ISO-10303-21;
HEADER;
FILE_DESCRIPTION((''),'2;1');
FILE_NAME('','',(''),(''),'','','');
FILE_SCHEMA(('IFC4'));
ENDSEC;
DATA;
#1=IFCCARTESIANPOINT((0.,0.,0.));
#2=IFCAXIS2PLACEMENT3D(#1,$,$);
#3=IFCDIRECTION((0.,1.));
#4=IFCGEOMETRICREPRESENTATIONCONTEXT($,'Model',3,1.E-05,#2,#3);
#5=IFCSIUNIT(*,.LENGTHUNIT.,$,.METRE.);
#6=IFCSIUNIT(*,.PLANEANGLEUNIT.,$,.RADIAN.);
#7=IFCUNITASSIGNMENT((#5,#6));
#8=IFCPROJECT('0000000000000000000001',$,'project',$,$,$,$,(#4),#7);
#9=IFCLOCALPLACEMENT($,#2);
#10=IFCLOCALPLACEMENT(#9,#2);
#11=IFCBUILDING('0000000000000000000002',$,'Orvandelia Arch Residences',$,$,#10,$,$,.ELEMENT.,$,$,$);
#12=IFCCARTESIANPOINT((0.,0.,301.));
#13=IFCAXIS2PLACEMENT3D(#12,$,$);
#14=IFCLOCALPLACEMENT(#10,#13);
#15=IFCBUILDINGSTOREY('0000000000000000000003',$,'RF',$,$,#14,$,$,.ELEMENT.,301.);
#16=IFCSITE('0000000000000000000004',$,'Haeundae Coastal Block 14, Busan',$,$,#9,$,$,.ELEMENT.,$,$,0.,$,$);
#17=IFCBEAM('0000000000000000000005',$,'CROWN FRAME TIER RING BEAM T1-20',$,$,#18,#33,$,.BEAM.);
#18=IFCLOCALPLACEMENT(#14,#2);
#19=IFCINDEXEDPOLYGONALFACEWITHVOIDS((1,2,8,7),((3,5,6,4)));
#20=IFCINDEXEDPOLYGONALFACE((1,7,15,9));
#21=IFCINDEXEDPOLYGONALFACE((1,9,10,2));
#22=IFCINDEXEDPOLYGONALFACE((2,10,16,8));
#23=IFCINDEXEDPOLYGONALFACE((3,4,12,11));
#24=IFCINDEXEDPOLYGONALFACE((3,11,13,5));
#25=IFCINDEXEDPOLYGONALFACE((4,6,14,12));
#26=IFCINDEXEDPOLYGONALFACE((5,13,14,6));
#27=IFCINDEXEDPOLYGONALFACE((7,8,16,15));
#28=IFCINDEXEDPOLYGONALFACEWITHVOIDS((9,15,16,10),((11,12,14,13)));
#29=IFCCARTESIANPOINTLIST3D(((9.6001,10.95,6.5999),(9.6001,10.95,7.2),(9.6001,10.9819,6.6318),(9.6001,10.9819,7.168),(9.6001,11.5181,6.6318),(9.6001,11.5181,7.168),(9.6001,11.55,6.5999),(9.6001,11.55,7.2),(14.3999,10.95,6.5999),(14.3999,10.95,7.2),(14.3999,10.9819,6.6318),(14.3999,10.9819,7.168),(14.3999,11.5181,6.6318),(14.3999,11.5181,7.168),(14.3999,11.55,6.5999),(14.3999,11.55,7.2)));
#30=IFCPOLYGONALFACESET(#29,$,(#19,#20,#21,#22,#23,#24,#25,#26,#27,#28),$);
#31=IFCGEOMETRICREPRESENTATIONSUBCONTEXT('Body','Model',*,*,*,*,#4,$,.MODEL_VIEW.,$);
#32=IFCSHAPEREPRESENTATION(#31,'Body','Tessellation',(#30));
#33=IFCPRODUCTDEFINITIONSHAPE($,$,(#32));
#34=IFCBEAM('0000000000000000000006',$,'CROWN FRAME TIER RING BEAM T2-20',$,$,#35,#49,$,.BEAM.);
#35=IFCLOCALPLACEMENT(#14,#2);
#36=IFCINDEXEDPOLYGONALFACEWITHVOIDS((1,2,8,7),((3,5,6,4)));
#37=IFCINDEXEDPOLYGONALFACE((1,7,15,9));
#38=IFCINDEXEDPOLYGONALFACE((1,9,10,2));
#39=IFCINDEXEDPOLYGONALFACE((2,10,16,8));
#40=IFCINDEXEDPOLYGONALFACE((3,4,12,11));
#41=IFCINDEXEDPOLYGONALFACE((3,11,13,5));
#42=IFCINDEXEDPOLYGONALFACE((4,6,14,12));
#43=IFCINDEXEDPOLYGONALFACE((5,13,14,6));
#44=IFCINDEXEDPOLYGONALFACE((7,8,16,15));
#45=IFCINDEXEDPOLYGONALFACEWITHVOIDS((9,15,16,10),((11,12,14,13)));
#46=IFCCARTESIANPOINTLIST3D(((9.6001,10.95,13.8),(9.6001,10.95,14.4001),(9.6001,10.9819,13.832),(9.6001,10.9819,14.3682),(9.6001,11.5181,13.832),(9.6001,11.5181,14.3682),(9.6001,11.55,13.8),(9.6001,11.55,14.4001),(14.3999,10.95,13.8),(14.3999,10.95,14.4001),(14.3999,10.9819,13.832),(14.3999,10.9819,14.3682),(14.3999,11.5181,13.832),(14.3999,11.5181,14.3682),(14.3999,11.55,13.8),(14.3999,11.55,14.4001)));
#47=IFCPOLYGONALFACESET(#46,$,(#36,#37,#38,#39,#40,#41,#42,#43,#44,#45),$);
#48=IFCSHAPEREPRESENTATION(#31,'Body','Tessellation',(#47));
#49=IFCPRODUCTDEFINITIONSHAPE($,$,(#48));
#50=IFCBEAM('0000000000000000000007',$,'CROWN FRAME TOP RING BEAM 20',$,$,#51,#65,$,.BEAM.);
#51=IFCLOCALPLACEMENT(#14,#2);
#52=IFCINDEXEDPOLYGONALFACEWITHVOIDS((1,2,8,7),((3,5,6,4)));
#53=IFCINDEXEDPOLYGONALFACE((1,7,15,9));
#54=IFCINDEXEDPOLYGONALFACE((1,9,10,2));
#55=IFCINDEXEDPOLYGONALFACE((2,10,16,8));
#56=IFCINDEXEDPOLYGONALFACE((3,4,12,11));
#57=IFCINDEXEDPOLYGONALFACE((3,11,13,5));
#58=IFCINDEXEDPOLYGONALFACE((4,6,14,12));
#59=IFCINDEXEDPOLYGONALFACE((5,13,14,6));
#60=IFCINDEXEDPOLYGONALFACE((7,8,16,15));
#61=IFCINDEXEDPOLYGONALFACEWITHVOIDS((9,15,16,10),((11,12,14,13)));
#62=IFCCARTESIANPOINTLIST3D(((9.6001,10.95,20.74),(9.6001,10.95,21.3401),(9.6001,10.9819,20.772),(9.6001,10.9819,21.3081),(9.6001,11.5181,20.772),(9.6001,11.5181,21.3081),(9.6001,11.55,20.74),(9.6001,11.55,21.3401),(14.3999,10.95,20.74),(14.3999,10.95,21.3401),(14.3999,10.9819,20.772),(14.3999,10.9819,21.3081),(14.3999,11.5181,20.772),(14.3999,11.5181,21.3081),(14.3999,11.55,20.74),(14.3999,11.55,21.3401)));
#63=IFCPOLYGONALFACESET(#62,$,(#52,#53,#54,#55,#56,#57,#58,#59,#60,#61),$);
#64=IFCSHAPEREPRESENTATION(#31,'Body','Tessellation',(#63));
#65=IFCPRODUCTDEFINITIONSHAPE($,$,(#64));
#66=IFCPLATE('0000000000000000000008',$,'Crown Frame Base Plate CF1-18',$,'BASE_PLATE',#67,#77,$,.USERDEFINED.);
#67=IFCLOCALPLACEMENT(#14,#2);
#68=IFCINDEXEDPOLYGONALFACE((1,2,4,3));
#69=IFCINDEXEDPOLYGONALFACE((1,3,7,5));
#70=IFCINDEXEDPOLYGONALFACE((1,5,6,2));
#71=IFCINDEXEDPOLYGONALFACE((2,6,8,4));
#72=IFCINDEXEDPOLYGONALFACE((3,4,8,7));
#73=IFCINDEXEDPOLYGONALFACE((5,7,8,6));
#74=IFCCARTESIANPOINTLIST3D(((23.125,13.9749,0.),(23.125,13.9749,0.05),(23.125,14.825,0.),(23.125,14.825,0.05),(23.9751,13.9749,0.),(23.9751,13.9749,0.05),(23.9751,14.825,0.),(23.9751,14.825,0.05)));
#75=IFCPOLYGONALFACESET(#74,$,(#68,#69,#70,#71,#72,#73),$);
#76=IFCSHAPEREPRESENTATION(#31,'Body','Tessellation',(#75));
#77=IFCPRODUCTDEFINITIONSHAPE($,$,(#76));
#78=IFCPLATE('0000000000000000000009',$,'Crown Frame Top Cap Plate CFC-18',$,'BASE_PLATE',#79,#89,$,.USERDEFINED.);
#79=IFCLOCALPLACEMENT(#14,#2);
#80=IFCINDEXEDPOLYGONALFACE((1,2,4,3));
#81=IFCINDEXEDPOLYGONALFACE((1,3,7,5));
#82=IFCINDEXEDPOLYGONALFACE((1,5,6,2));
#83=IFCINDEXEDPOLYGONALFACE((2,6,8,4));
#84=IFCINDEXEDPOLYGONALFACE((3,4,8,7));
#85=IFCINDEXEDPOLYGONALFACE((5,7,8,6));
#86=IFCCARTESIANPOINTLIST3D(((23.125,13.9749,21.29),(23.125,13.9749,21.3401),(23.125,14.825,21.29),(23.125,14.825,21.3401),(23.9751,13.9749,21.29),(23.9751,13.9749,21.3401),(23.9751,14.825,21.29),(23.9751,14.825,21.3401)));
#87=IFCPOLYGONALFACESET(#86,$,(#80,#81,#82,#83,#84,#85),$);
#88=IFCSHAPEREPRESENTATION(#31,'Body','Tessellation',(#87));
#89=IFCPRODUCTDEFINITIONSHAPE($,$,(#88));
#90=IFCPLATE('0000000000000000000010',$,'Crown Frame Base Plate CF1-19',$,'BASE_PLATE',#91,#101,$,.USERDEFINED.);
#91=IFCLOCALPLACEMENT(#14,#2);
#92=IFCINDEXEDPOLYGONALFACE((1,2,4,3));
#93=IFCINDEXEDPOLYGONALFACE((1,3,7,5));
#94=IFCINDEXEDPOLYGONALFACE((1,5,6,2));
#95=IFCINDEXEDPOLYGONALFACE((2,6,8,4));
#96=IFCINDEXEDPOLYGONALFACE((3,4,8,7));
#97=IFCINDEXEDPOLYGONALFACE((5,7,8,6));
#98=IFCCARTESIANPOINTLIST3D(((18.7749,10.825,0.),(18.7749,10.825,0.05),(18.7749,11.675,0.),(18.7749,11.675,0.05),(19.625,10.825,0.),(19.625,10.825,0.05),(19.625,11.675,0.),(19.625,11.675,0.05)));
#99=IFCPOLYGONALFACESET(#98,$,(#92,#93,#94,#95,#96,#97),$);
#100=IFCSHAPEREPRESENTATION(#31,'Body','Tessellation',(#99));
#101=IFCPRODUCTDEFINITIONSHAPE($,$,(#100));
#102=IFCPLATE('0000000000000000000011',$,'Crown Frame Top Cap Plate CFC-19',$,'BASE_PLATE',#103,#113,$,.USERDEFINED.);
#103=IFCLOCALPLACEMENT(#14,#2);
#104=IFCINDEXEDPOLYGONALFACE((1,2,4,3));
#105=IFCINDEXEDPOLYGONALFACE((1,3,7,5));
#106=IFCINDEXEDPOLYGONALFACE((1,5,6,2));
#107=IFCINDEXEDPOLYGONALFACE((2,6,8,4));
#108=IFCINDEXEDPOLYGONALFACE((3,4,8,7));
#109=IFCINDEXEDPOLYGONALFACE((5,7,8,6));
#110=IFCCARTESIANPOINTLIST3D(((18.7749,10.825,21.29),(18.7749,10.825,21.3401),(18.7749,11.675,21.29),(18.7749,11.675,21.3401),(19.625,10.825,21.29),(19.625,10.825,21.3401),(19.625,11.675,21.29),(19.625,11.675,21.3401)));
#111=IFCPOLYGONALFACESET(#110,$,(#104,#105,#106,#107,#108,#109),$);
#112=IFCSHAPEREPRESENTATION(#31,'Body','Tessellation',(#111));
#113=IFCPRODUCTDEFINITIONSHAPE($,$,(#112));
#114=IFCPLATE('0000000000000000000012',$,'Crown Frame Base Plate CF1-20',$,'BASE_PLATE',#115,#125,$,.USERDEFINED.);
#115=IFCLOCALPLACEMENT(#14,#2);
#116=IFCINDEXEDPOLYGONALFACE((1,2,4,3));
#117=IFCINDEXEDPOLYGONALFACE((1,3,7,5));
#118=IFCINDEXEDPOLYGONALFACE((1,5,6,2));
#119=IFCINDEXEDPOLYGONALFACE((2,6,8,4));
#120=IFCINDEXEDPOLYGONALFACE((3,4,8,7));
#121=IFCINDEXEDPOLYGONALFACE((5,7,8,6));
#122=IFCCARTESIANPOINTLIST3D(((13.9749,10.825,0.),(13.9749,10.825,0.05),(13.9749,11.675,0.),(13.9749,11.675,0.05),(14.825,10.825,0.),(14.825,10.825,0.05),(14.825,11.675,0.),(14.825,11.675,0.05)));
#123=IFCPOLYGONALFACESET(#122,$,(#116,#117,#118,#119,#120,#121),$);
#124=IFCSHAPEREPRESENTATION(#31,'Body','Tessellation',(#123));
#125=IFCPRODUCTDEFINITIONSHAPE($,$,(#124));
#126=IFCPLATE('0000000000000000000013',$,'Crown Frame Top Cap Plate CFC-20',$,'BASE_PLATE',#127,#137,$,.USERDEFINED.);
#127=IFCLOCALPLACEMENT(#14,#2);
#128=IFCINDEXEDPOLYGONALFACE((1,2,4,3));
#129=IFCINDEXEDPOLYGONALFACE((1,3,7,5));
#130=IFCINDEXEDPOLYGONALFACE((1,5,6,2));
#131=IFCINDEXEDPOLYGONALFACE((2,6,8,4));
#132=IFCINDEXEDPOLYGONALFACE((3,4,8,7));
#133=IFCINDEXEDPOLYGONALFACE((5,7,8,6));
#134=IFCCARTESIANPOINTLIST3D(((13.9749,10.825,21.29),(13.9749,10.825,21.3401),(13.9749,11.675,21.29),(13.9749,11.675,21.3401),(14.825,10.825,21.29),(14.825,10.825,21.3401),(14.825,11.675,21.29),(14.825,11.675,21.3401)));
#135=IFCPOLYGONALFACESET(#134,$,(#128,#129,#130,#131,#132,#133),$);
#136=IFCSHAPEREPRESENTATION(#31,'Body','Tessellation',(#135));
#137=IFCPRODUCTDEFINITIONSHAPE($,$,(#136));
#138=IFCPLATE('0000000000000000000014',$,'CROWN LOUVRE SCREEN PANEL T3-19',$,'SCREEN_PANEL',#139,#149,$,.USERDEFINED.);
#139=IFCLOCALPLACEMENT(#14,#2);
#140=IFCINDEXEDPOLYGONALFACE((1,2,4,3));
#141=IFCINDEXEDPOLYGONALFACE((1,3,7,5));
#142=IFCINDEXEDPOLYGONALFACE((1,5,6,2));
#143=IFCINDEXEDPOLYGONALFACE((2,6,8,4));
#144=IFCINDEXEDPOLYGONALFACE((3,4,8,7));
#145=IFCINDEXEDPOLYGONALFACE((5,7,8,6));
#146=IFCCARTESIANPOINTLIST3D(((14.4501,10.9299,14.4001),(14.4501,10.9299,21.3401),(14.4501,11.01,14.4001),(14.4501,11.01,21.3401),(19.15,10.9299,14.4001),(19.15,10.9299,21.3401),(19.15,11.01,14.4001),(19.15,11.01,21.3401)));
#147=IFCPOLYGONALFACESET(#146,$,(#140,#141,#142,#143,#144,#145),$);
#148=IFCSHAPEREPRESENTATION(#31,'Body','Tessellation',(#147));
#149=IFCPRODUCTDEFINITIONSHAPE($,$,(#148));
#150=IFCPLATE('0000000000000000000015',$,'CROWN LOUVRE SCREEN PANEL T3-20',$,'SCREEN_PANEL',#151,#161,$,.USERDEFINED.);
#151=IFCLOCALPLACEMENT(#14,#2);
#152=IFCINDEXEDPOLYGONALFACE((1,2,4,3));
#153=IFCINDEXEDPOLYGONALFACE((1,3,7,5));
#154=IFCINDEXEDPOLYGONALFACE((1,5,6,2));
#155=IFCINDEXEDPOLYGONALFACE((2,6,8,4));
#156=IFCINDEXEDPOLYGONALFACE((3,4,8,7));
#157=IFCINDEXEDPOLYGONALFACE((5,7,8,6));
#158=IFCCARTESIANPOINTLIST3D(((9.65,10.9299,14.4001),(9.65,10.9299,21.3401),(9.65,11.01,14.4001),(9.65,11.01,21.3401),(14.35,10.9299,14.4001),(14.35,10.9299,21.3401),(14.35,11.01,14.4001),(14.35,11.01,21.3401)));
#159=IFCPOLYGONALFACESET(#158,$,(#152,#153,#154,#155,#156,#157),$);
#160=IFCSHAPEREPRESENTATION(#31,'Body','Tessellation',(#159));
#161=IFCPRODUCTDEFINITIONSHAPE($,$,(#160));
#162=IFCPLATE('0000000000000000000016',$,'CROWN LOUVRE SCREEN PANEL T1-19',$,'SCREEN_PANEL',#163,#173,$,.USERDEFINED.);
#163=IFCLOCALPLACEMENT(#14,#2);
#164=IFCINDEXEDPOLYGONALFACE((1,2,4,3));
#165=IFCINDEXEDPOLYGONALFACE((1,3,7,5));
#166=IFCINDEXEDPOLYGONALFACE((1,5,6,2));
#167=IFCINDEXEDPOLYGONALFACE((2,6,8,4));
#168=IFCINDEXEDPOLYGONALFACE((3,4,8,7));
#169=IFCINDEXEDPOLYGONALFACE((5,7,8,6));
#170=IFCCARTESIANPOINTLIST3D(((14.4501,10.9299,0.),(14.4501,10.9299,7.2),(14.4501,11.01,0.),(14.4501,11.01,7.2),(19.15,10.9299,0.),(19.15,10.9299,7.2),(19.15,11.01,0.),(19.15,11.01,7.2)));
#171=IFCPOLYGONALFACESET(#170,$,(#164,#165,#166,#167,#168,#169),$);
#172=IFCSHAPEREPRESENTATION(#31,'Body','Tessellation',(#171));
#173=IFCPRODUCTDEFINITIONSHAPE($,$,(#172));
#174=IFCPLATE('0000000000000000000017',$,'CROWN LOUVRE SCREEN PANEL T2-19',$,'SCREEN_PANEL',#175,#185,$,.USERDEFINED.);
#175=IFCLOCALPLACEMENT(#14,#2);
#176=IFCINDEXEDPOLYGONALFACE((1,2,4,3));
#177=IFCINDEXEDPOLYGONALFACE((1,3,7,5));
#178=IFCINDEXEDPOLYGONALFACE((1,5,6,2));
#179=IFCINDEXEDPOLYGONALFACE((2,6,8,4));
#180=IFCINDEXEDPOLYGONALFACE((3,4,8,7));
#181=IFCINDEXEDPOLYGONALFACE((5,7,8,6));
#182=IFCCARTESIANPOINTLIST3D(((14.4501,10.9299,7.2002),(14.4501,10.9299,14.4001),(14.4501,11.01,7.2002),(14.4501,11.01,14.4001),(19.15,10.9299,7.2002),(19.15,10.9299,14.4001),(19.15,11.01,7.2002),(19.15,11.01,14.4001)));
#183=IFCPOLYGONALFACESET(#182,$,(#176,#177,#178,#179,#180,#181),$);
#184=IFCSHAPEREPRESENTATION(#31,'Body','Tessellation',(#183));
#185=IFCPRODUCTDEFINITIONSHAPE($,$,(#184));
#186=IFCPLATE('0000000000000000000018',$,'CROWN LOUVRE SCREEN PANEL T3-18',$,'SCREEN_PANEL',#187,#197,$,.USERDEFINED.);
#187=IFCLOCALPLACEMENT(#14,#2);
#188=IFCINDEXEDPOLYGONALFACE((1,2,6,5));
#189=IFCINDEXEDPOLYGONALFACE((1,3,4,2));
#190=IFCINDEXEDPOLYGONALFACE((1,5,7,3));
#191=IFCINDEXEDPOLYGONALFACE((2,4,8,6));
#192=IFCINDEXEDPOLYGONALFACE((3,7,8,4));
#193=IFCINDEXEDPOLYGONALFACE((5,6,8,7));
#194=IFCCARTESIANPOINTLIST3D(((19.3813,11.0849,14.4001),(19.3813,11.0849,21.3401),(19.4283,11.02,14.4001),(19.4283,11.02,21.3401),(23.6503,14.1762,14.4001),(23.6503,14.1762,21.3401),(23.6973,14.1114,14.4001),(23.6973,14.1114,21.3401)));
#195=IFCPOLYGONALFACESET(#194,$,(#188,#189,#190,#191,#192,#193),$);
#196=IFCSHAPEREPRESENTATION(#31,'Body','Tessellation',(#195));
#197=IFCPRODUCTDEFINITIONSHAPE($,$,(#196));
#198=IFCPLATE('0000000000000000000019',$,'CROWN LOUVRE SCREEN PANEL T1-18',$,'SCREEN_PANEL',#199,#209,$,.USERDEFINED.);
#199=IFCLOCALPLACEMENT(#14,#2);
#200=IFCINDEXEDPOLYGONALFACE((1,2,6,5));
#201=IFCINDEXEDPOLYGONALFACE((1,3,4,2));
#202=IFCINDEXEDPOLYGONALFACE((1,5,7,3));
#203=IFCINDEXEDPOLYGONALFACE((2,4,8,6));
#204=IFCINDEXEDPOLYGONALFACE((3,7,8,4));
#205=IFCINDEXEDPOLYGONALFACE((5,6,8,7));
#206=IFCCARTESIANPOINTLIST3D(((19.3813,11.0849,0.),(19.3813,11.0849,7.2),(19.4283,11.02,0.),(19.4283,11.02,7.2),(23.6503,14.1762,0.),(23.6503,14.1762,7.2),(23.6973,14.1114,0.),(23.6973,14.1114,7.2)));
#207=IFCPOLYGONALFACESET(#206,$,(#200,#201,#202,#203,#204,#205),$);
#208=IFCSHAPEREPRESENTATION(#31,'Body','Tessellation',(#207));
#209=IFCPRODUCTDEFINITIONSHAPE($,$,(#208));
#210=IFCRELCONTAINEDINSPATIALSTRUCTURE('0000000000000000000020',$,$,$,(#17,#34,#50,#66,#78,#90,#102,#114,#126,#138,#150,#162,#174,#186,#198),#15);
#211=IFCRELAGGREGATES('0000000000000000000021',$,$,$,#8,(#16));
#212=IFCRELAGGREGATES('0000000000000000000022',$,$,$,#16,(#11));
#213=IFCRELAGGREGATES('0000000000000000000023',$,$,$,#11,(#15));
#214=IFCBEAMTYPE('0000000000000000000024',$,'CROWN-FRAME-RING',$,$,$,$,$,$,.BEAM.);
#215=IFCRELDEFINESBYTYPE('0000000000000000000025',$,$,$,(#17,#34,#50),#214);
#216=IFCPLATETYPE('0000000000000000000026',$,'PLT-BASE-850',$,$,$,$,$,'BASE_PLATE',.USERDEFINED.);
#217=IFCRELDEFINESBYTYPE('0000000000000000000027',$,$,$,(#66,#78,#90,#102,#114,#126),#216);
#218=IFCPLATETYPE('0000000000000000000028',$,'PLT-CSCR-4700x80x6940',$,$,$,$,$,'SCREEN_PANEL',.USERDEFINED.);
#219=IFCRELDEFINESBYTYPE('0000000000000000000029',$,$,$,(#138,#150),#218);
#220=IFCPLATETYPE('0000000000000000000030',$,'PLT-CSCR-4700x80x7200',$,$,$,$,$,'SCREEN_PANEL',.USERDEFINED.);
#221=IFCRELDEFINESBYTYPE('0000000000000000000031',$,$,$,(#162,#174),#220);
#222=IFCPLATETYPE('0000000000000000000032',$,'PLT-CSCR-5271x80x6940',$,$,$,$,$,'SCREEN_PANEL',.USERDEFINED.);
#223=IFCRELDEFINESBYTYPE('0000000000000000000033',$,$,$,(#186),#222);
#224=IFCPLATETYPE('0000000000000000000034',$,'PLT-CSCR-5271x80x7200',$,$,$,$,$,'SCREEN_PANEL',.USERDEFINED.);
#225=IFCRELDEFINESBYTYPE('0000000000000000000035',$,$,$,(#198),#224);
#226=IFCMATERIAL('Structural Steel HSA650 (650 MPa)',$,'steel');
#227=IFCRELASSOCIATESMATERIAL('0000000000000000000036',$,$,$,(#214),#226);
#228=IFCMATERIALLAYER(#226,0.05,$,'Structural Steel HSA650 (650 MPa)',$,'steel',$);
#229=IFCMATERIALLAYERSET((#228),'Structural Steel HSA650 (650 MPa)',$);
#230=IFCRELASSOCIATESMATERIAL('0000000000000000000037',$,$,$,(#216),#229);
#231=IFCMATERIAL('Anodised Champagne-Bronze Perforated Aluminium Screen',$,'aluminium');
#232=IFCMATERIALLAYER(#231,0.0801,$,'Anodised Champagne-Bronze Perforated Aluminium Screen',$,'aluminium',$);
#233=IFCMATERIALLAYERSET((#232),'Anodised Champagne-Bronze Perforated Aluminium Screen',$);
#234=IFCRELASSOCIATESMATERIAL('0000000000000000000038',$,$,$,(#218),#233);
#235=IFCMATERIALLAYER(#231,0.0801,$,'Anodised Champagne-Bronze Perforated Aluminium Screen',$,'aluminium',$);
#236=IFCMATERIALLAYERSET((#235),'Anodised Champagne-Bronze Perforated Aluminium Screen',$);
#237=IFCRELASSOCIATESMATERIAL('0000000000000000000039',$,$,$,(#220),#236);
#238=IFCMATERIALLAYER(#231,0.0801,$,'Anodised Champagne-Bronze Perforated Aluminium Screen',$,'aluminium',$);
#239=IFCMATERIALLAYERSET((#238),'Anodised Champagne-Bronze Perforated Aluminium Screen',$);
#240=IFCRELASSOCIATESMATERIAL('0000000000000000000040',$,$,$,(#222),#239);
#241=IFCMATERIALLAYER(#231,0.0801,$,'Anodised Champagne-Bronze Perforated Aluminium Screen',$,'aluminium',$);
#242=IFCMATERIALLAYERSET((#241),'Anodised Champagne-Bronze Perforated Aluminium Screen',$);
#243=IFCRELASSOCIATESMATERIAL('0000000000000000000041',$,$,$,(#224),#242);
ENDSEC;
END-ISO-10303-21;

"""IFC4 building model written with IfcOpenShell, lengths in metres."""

from ifc_helpers import new_model, si_unit, direction, frame, origin, origin_2d, place, context, subcontext, project, spatial, rectangle, hollow_rectangle, extrude, material, layer, layer_set, material_profile, profile_set, type_object, element, save


model = new_model("IFC4")

# Units and contexts
model_context = context("Model", 3, precision=1e-05, world=origin(), true_north=direction((0.0, 1.0)))
body_context = subcontext(model_context, "Body", "Model", "MODEL_VIEW")
ifc_project = project(units=[si_unit("LENGTHUNIT", "METRE"), si_unit("PLANEANGLEUNIT", "RADIAN")], contexts=[model_context])

# Site, building, storey
site_placement = place(None, origin())
site = spatial("IfcSite", under=ifc_project, at=site_placement, Name="Haeundae Coastal Block 14, Busan", CompositionType="ELEMENT", RefElevation=0.0)
building_placement = place(site_placement, origin())
building = spatial("IfcBuilding", under=site, at=building_placement, Name="Orvandelia Arch Residences", CompositionType="ELEMENT")
storey_placement = place(building_placement, frame((0.0, 0.0, 301.0)))
storey = spatial("IfcBuildingStorey", under=building, at=storey_placement, Name="RF", CompositionType="ELEMENT", Elevation=301.0)

# Shared definitions
ifc_material_1 = material(Name="Structural Steel HSA650 (650 MPa)", Category="steel")

# Beams
ifc_material_profile_1 = material_profile(ifc_material_1, hollow_rectangle(XDim=0.6001, YDim=0.6001, WallThickness=0.032, at=origin_2d()), Name="Structural Steel HSA650 (650 MPa)", Category="steel")
ifc_profile_set_1 = profile_set([ifc_material_profile_1], Name="Structural Steel HSA650 (650 MPa)")
beam_type = type_object("IfcBeamType", Name="CROWN-FRAME-RING", PredefinedType="BEAM", material=ifc_profile_set_1)
for number, where, z_axis, x_axis, name in (
    (1, (14.3999, 11.25, 6.8999), (-1.0, 0.0, 0.0), (0.0, -1.0, 0.0), "CROWN FRAME TIER RING BEAM T1-20"),
    (2, (14.3999, 11.25, 14.1001), (-1.0, 0.0, 0.0), (0.0, -1.0, 0.0), "CROWN FRAME TIER RING BEAM T2-20"),
    (3, (14.3999, 11.25, 21.04), (-1.0, 0.0, 0.0), (0.0, -1.0, 0.0), "CROWN FRAME TOP RING BEAM 20"),
):
    element("IfcBeam", number, at=place(storey_placement, frame(where, z_axis=z_axis, x_axis=x_axis)), inside=storey, type_object=beam_type, Name=name, PredefinedType="BEAM", context=body_context, shape_type="SweptSolid", body=[
        extrude(hollow_rectangle(XDim=0.6001, YDim=0.6001, WallThickness=0.032, at=origin_2d()), origin(), (0.0, 0.0, 1.0), 4.7998),
    ])

# Plates
ifc_layer_1 = layer(ifc_material_1, 0.05, Name="Structural Steel HSA650 (650 MPa)", Category="steel")
ifc_layer_set_1 = layer_set([ifc_layer_1], Name="Structural Steel HSA650 (650 MPa)")
plate_type_1 = type_object("IfcPlateType", Name="PLT-BASE-850", ElementType="BASE_PLATE", PredefinedType="USERDEFINED", material=ifc_layer_set_1)
for number, where, z_axis, x_axis, name in (
    (4, (23.55, 14.3999, 0.0), (0.0, 0.0, 1.0), (1.0, 0.0, 0.0), "Crown Frame Base Plate CF1-18"),
    (5, (23.55, 14.3999, 21.29), (0.0, 0.0, 1.0), (1.0, 0.0, 0.0), "Crown Frame Top Cap Plate CFC-18"),
    (6, (19.2, 11.25, 0.0), (0.0, 0.0, 1.0), (1.0, 0.0, 0.0), "Crown Frame Base Plate CF1-19"),
    (7, (19.2, 11.25, 21.29), (0.0, 0.0, 1.0), (1.0, 0.0, 0.0), "Crown Frame Top Cap Plate CFC-19"),
    (8, (14.3999, 11.25, 0.0), (0.0, 0.0, 1.0), (1.0, 0.0, 0.0), "Crown Frame Base Plate CF1-20"),
    (9, (14.3999, 11.25, 21.29), (0.0, 0.0, 1.0), (1.0, 0.0, 0.0), "Crown Frame Top Cap Plate CFC-20"),
):
    element("IfcPlate", number, at=place(storey_placement, frame(where, z_axis=z_axis, x_axis=x_axis)), inside=storey, type_object=plate_type_1, Name=name, ObjectType="BASE_PLATE", PredefinedType="USERDEFINED", context=body_context, shape_type="SweptSolid", body=[
        extrude(rectangle(XDim=0.8501, YDim=0.8501, at=origin_2d()), origin(), (0.0, 0.0, 1.0), 0.05),
    ])
ifc_material_2 = material(Name="Anodised Champagne-Bronze Perforated Aluminium Screen", Category="aluminium")
ifc_layer_2 = layer(ifc_material_2, 0.0801, Name="Anodised Champagne-Bronze Perforated Aluminium Screen", Category="aluminium")
ifc_layer_set_2 = layer_set([ifc_layer_2], Name="Anodised Champagne-Bronze Perforated Aluminium Screen")
plate_type_2 = type_object("IfcPlateType", Name="PLT-CSCR-4700x80x6940", ElementType="SCREEN_PANEL", PredefinedType="USERDEFINED", material=ifc_layer_set_2)
for number, where, z_axis, x_axis, name in (
    (10, (16.8, 10.97, 14.4001), (0.0, 0.0, 1.0), (-1.0, 0.0, 0.0), "CROWN LOUVRE SCREEN PANEL T3-19"),
    (11, (12.0, 10.97, 14.4001), (0.0, 0.0, 1.0), (-1.0, 0.0, 0.0), "CROWN LOUVRE SCREEN PANEL T3-20"),
):
    element("IfcPlate", number, at=place(storey_placement, frame(where, z_axis=z_axis, x_axis=x_axis)), inside=storey, type_object=plate_type_2, Name=name, ObjectType="SCREEN_PANEL", PredefinedType="USERDEFINED", context=body_context, shape_type="SweptSolid", body=[
        extrude(rectangle(XDim=4.7, YDim=0.0801, at=origin_2d()), origin(), (0.0, 0.0, 1.0), 6.9399),
    ])
ifc_layer_3 = layer(ifc_material_2, 0.0801, Name="Anodised Champagne-Bronze Perforated Aluminium Screen", Category="aluminium")
ifc_layer_set_3 = layer_set([ifc_layer_3], Name="Anodised Champagne-Bronze Perforated Aluminium Screen")
plate_type_3 = type_object("IfcPlateType", Name="PLT-CSCR-4700x80x7200", ElementType="SCREEN_PANEL", PredefinedType="USERDEFINED", material=ifc_layer_set_3)
for number, where, z_axis, x_axis, name in (
    (12, (16.8, 10.97, 0.0), (0.0, 0.0, 1.0), (-1.0, 0.0, 0.0), "CROWN LOUVRE SCREEN PANEL T1-19"),
    (13, (16.8, 10.97, 7.2002), (0.0, 0.0, 1.0), (-1.0, 0.0, 0.0), "CROWN LOUVRE SCREEN PANEL T2-19"),
):
    element("IfcPlate", number, at=place(storey_placement, frame(where, z_axis=z_axis, x_axis=x_axis)), inside=storey, type_object=plate_type_3, Name=name, ObjectType="SCREEN_PANEL", PredefinedType="USERDEFINED", context=body_context, shape_type="SweptSolid", body=[
        extrude(rectangle(XDim=4.7, YDim=0.0801, at=origin_2d()), origin(), (0.0, 0.0, 1.0), 7.2),
    ])
ifc_layer_4 = layer(ifc_material_2, 0.0801, Name="Anodised Champagne-Bronze Perforated Aluminium Screen", Category="aluminium")
ifc_layer_set_4 = layer_set([ifc_layer_4], Name="Anodised Champagne-Bronze Perforated Aluminium Screen")
plate_type_4 = type_object("IfcPlateType", Name="PLT-CSCR-5271x80x6940", ElementType="SCREEN_PANEL", PredefinedType="USERDEFINED", material=ifc_layer_set_4)
plate_placement = place(storey_placement, frame((21.5393, 12.5981, 14.4001), z_axis=(0.0, 0.0, 1.0), x_axis=(-0.809942, -0.58651, 0.0)))
element("IfcPlate", 14, at=plate_placement, inside=storey, type_object=plate_type_4, Name="CROWN LOUVRE SCREEN PANEL T3-18", ObjectType="SCREEN_PANEL", PredefinedType="USERDEFINED", context=body_context, shape_type="SweptSolid", body=[
    extrude(rectangle(XDim=5.2708, YDim=0.0801, at=origin_2d()), origin(), (0.0, 0.0, 1.0), 6.9399),
])
ifc_layer_5 = layer(ifc_material_2, 0.0801, Name="Anodised Champagne-Bronze Perforated Aluminium Screen", Category="aluminium")
ifc_layer_set_5 = layer_set([ifc_layer_5], Name="Anodised Champagne-Bronze Perforated Aluminium Screen")
plate_type_5 = type_object("IfcPlateType", Name="PLT-CSCR-5271x80x7200", ElementType="SCREEN_PANEL", PredefinedType="USERDEFINED", material=ifc_layer_set_5)
for number, where, z_axis, x_axis, name in (
    (15, (21.5393, 12.5981, 0.0), (0.0, 0.0, 1.0), (-0.809942, -0.58651, 0.0), "CROWN LOUVRE SCREEN PANEL T1-18"),
):
    element("IfcPlate", number, at=place(storey_placement, frame(where, z_axis=z_axis, x_axis=x_axis)), inside=storey, type_object=plate_type_5, Name=name, ObjectType="SCREEN_PANEL", PredefinedType="USERDEFINED", context=body_context, shape_type="SweptSolid", body=[
        extrude(rectangle(XDim=5.2708, YDim=0.0801, at=origin_2d()), origin(), (0.0, 0.0, 1.0), 7.2),
    ])

save(model, "model.ifc")
